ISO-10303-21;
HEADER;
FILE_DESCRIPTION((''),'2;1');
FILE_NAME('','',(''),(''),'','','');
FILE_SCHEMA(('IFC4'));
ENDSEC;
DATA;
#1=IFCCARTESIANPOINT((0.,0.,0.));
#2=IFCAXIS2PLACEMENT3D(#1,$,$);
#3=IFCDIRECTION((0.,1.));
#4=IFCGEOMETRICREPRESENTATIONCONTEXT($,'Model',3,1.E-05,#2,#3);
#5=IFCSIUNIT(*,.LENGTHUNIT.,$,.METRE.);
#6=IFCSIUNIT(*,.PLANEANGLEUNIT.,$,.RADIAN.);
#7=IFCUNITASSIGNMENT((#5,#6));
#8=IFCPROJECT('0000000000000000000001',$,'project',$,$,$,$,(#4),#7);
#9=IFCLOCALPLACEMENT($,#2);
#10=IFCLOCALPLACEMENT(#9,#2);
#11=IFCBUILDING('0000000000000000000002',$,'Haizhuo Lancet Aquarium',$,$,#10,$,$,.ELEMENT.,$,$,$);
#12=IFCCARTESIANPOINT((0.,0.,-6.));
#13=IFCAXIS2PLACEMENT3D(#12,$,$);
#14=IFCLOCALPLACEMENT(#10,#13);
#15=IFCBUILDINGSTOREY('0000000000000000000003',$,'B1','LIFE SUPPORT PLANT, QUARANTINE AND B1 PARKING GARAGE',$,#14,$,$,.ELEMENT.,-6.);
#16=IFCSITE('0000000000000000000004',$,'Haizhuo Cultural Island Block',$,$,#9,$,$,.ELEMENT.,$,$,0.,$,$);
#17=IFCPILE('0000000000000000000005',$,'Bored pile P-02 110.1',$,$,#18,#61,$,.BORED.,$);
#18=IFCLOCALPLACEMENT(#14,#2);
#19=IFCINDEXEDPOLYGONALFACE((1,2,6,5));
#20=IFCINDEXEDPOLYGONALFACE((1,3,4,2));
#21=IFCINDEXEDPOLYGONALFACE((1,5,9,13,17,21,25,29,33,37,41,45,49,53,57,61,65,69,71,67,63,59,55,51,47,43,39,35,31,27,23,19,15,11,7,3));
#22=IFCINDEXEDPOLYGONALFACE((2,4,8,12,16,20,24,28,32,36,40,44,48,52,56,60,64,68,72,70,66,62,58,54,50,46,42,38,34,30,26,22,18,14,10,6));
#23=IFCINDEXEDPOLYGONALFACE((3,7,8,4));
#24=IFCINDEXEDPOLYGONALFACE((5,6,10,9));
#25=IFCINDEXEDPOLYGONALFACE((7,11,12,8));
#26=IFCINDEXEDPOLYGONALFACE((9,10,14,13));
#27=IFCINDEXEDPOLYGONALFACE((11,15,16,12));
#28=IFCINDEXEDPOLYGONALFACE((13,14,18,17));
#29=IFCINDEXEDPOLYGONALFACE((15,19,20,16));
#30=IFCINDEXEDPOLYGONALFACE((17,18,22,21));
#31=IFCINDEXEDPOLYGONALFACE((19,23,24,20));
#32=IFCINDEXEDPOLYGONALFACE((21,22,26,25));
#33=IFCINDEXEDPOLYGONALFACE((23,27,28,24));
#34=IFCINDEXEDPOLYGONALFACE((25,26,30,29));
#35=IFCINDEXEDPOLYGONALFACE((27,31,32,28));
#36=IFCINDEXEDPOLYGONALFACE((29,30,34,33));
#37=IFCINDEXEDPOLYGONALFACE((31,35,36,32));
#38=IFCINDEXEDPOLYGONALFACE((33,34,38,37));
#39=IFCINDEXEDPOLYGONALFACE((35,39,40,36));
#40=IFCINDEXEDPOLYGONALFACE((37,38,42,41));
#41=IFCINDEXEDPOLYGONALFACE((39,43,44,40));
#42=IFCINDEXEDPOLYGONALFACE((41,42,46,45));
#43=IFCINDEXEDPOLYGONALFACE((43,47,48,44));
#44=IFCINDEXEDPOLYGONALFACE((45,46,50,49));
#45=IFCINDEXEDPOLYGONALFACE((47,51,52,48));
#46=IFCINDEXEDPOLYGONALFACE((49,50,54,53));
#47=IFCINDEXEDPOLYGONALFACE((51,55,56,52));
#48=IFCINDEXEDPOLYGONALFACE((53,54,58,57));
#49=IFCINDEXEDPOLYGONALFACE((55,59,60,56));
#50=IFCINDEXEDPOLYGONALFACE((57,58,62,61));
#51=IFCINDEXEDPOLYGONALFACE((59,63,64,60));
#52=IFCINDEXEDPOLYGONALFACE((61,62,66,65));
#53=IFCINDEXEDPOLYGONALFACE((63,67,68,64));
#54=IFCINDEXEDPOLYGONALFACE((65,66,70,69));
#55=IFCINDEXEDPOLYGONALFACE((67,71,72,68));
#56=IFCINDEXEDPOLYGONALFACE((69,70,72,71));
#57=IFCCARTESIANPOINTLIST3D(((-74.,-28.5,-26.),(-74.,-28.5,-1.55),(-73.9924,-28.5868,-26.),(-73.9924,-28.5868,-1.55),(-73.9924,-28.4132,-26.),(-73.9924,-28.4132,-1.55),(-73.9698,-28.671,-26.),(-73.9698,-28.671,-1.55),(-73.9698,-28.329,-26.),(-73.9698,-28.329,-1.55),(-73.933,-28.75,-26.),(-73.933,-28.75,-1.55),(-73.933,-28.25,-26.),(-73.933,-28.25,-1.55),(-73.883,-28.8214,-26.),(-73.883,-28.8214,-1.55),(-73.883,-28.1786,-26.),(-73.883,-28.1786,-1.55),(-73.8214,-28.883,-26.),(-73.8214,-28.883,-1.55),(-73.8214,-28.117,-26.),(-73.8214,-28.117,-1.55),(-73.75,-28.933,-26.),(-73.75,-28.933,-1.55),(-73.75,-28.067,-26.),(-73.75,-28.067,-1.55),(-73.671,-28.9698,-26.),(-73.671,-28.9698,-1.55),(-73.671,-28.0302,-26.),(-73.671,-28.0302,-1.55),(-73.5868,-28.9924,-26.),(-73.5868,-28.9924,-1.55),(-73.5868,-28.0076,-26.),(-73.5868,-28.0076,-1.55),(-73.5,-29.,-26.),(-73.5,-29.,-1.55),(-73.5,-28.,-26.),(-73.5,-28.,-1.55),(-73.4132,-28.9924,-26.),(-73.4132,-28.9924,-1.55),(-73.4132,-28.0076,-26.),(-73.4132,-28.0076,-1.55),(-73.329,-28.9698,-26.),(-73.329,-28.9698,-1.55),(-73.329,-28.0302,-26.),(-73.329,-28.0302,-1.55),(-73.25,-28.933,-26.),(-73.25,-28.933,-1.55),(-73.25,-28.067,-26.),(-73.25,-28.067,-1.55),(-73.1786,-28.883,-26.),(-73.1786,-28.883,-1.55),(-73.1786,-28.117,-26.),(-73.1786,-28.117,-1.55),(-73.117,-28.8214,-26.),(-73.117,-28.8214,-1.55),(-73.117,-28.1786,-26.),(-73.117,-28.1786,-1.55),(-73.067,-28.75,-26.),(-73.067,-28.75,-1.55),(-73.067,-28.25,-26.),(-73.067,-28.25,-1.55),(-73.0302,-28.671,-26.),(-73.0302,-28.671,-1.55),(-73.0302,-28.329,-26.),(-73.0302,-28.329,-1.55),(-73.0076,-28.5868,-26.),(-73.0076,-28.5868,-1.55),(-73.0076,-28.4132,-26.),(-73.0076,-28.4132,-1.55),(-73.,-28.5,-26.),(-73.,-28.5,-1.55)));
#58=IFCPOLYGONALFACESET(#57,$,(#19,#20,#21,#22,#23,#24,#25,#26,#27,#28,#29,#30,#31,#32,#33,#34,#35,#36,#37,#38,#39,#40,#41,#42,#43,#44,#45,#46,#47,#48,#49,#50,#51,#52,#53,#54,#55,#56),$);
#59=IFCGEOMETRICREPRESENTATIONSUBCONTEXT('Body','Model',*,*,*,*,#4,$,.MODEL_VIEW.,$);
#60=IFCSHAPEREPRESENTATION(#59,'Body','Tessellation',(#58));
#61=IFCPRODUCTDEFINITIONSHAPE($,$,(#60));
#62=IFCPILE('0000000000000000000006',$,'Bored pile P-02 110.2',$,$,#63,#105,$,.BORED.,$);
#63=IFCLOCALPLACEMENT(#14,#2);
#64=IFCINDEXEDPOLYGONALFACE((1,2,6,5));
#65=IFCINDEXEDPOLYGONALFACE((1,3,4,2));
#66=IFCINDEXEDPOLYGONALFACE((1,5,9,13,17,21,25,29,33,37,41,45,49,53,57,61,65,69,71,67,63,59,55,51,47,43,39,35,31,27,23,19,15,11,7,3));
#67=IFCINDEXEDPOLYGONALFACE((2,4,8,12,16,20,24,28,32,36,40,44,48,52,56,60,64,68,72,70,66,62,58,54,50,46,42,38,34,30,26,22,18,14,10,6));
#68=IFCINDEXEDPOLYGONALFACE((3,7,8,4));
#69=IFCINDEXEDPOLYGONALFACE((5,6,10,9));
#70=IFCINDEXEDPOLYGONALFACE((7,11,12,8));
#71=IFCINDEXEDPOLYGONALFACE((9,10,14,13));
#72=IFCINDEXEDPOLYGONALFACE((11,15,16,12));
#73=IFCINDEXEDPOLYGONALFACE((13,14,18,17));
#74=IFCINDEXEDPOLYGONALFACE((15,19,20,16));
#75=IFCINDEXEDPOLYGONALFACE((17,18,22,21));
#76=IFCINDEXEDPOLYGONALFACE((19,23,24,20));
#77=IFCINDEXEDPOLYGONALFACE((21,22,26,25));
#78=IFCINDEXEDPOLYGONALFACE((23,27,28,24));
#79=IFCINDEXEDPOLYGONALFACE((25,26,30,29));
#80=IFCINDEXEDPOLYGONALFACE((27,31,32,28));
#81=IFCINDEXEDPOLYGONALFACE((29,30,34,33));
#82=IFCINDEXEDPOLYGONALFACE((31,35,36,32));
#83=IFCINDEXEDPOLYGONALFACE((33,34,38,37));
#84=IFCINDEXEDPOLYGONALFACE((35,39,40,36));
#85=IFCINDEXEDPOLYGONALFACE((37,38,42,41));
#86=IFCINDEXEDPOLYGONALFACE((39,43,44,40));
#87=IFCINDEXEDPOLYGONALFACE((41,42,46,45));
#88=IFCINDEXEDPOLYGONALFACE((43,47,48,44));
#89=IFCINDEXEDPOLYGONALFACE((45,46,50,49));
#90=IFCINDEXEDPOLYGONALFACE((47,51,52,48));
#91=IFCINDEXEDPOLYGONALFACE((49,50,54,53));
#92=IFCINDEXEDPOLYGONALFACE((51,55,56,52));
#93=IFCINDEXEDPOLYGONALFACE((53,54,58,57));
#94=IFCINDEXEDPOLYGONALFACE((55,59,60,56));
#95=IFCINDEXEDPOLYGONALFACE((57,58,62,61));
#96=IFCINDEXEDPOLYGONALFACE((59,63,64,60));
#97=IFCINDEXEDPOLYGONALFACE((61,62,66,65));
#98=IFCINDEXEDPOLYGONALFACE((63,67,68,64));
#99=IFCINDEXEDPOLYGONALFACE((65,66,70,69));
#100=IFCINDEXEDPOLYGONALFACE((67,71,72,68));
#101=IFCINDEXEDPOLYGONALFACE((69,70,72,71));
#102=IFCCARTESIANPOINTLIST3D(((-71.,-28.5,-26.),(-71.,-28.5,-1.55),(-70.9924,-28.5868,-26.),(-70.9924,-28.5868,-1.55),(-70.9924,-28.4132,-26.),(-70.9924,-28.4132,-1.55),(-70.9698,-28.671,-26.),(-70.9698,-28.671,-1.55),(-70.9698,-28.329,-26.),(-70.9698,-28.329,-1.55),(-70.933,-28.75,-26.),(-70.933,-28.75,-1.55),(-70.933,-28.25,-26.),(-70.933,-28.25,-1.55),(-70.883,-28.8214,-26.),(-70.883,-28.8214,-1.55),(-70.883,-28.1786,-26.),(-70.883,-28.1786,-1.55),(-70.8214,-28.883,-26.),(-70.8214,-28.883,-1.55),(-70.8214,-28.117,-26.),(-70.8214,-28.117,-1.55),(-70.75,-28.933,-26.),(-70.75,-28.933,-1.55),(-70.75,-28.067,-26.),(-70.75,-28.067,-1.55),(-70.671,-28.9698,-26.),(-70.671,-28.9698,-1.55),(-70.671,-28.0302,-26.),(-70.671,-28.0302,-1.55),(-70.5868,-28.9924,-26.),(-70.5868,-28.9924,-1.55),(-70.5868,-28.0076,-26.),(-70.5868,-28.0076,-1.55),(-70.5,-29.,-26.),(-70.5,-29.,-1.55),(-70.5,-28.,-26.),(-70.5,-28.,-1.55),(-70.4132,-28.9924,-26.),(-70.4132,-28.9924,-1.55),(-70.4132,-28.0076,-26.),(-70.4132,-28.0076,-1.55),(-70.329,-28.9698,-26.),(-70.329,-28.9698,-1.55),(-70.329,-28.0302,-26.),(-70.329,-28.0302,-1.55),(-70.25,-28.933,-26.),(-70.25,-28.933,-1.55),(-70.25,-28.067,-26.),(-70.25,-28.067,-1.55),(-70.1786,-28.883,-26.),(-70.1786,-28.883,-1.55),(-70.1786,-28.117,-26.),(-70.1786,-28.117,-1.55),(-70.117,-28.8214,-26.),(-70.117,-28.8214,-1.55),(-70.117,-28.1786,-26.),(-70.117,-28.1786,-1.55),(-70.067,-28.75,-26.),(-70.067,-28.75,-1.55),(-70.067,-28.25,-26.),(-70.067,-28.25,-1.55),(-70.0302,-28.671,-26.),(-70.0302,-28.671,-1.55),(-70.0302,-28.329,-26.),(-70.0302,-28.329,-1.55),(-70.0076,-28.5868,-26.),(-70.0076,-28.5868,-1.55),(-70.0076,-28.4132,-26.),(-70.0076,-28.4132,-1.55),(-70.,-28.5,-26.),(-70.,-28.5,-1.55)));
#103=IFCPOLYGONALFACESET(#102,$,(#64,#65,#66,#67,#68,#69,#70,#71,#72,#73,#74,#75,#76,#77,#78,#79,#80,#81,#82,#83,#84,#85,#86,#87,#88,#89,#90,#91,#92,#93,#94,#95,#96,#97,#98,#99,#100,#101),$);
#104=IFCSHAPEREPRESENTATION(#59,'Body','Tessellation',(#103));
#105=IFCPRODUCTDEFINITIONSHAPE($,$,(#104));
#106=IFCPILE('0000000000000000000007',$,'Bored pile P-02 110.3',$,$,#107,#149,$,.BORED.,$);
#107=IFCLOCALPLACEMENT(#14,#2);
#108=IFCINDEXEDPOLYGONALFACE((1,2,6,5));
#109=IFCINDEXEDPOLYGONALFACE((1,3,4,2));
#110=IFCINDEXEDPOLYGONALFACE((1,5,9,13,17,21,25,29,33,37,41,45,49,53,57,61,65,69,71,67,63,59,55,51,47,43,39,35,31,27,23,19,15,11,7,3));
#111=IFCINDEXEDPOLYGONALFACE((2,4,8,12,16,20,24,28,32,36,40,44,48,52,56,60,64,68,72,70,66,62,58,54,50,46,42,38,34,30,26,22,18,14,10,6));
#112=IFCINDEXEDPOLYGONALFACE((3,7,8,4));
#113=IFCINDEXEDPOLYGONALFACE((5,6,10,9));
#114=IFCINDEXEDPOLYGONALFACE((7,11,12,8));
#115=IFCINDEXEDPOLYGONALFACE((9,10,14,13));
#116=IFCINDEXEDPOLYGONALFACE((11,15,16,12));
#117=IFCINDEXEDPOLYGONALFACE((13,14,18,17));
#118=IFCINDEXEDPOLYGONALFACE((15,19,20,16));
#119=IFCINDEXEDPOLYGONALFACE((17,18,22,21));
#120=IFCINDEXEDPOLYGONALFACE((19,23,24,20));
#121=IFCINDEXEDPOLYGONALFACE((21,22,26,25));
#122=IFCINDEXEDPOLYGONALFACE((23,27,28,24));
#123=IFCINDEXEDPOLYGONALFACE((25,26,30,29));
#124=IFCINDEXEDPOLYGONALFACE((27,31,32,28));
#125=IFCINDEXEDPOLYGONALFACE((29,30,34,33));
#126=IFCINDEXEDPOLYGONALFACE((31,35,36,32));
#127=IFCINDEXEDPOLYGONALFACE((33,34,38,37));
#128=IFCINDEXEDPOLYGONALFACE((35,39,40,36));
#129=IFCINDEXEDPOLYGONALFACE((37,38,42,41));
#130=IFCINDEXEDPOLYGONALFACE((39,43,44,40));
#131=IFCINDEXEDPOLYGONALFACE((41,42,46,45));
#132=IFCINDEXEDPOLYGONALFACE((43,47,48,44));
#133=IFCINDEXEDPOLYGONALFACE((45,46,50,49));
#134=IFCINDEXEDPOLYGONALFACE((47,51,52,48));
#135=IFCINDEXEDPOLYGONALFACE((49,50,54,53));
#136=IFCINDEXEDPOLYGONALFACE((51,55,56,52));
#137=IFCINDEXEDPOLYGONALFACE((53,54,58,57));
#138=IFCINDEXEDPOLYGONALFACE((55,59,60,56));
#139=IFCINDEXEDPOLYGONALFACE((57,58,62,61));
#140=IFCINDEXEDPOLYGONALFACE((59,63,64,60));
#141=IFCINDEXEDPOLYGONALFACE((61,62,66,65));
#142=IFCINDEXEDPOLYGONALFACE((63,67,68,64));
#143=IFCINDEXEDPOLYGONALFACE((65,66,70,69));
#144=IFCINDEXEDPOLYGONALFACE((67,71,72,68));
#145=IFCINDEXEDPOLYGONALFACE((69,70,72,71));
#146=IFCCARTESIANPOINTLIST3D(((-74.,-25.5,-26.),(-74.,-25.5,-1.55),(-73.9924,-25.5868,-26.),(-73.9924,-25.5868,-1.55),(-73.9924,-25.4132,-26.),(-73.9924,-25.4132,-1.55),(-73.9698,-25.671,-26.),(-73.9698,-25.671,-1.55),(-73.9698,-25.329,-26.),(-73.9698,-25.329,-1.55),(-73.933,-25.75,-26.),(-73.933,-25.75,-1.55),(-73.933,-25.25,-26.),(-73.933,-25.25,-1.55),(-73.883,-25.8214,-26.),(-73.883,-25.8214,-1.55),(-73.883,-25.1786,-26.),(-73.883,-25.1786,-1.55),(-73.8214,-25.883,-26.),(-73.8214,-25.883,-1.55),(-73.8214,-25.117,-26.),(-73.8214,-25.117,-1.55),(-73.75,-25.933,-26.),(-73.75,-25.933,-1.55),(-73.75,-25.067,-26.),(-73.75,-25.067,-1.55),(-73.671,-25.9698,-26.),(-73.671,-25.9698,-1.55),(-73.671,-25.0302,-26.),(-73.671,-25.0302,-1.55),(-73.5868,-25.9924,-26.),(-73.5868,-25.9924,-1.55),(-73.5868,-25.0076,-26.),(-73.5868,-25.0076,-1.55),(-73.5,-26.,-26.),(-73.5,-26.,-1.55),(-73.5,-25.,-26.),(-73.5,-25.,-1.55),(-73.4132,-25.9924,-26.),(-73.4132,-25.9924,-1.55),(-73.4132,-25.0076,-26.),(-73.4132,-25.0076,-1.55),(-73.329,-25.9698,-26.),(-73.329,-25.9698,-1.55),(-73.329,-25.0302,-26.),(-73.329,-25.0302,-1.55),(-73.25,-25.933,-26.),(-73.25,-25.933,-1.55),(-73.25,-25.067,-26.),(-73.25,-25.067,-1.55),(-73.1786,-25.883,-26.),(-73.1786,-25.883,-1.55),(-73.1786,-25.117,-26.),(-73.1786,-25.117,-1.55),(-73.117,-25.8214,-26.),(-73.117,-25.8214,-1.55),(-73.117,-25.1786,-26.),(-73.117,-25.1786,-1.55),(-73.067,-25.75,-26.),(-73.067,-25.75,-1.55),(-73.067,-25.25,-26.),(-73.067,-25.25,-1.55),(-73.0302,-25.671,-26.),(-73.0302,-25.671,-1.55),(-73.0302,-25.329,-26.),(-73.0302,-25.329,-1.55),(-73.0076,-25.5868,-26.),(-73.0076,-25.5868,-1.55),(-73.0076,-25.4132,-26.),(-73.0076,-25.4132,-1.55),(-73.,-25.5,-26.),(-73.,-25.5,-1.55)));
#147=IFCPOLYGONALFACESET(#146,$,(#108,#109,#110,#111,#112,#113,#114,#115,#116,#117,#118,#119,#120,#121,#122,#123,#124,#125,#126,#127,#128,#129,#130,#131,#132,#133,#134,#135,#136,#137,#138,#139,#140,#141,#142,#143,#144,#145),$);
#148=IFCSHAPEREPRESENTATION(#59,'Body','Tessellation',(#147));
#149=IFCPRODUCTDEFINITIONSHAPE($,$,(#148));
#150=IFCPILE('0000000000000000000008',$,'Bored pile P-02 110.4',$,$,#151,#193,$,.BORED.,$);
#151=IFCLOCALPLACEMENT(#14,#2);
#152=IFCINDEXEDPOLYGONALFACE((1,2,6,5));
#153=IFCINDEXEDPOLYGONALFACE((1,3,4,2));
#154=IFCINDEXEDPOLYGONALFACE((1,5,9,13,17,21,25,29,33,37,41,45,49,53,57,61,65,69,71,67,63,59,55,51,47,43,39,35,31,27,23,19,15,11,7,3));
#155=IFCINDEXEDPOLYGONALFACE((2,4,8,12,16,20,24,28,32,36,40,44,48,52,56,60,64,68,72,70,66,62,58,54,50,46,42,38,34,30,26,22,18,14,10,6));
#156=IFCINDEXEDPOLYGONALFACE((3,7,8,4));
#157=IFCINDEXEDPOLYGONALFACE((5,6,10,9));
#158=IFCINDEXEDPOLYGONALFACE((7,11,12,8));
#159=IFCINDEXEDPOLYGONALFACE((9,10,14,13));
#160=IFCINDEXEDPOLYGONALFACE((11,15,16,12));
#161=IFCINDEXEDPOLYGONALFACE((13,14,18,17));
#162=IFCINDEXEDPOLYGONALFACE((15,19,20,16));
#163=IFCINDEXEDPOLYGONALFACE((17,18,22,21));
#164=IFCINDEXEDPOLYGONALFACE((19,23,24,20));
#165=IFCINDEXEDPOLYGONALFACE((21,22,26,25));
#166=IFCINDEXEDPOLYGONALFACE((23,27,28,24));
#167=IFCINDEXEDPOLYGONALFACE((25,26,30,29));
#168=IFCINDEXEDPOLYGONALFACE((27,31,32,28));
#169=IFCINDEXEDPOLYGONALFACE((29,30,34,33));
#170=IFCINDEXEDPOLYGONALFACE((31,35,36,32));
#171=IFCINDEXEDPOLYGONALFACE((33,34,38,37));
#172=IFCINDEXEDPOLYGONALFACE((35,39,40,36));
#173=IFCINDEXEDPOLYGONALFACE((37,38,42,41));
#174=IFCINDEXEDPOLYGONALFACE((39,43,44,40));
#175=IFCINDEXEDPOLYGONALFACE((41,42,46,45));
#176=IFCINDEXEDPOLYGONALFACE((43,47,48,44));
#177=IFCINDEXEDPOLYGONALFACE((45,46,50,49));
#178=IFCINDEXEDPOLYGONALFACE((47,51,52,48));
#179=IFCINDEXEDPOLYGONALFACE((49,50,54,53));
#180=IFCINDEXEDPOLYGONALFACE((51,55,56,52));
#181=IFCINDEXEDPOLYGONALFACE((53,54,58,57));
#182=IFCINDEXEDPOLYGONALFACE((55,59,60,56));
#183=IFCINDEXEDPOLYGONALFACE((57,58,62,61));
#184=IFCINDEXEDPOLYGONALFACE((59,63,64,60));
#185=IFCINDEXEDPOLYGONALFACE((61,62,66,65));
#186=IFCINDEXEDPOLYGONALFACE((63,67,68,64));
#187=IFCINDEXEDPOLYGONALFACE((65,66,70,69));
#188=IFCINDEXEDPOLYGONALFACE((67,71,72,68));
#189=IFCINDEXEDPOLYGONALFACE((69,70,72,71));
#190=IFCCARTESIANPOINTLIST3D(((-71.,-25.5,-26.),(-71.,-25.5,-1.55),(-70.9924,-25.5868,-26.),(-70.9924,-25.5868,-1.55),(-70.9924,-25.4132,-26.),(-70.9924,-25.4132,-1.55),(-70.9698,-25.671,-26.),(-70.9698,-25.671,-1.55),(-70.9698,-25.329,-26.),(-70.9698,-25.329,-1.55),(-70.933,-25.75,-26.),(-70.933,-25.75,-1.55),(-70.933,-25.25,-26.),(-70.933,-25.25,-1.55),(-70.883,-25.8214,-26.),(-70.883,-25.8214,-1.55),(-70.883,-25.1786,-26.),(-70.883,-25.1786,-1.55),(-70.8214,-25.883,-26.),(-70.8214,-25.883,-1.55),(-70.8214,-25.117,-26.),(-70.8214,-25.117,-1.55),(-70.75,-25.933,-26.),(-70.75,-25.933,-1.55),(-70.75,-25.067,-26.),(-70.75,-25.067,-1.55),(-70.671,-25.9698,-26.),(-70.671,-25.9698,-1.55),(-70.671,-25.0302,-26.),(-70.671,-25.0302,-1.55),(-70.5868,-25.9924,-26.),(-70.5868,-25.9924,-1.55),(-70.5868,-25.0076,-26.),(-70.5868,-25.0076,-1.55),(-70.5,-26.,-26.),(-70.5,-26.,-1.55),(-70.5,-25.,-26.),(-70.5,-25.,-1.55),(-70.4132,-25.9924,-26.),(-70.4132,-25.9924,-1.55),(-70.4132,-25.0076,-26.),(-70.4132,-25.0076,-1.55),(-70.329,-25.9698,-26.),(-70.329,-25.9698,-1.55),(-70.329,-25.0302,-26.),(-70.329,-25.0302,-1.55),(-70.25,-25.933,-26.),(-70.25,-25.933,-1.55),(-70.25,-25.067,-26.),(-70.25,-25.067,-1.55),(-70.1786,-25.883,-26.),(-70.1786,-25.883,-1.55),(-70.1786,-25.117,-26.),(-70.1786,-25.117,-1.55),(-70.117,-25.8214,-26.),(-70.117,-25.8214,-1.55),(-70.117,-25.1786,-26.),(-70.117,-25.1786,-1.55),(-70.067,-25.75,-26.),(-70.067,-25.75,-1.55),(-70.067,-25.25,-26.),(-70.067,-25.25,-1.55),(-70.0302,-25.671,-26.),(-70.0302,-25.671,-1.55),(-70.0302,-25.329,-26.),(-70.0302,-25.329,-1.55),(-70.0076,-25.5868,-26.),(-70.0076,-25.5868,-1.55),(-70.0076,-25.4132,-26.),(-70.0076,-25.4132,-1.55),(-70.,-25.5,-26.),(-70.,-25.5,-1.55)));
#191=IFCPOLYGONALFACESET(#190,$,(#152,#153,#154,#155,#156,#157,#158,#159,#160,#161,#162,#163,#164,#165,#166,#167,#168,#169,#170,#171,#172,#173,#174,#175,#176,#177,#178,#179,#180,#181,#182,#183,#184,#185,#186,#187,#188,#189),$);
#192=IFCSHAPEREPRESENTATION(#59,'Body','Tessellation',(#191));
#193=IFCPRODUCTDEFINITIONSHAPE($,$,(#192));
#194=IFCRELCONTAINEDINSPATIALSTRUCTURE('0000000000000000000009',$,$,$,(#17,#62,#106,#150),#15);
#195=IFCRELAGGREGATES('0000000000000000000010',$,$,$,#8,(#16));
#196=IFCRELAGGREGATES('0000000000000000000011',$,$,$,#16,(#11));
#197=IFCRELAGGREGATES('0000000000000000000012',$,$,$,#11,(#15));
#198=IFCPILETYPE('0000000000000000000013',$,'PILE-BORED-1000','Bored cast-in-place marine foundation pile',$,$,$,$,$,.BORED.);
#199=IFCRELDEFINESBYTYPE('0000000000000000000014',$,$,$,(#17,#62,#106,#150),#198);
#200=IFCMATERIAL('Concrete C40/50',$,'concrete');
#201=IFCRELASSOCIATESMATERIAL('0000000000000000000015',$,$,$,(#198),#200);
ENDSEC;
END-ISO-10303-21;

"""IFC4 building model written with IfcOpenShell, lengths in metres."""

from ifc_helpers import new_model, si_unit, direction, frame, origin, origin_2d, place, context, subcontext, project, spatial, circle, extrude, material, material_profile, profile_set, type_object, element, save


model = new_model("IFC4")

# Units and contexts
model_context = context("Model", 3, precision=1e-05, world=origin(), true_north=direction((0.0, 1.0)))
body_context = subcontext(model_context, "Body", "Model", "MODEL_VIEW")
ifc_project = project(units=[si_unit("LENGTHUNIT", "METRE"), si_unit("PLANEANGLEUNIT", "RADIAN")], contexts=[model_context])

# Site, building, storey
site_placement = place(None, origin())
site = spatial("IfcSite", under=ifc_project, at=site_placement, Name="Haizhuo Cultural Island Block", CompositionType="ELEMENT", RefElevation=0.0)
building_placement = place(site_placement, origin())
building = spatial("IfcBuilding", under=site, at=building_placement, Name="Haizhuo Lancet Aquarium", CompositionType="ELEMENT")
storey_placement = place(building_placement, frame((0.0, 0.0, -6.0)))
storey = spatial("IfcBuildingStorey", under=building, at=storey_placement, Name="B1", Description="LIFE SUPPORT PLANT, QUARANTINE AND B1 PARKING GARAGE", CompositionType="ELEMENT", Elevation=-6.0)

# Shared definitions
ifc_material_1 = material(Name="Concrete C40/50", Category="concrete")

# Piles
ifc_material_profile_1 = material_profile(ifc_material_1, circle(Radius=0.5, at=origin_2d()), Name="PILE-1000")
ifc_profile_set_1 = profile_set([ifc_material_profile_1], Name="Concrete C40/50")
pile_type = type_object("IfcPileType", Name="PILE-BORED-1000", Description="Bored cast-in-place marine foundation pile", PredefinedType="BORED", material=ifc_profile_set_1)
for number, where, z_axis, x_axis, name in (
    (1, (-73.5, -28.5, -1.55), (0.0, 0.0, -1.0), (1.0, 0.0, 0.0), "Bored pile P-02 110.1"),
    (2, (-70.5, -28.5, -1.55), (0.0, 0.0, -1.0), (1.0, 0.0, 0.0), "Bored pile P-02 110.2"),
    (3, (-73.5, -25.5, -1.55), (0.0, 0.0, -1.0), (1.0, 0.0, 0.0), "Bored pile P-02 110.3"),
    (4, (-70.5, -25.5, -1.55), (0.0, 0.0, -1.0), (1.0, 0.0, 0.0), "Bored pile P-02 110.4"),
):
    element("IfcPile", number, at=place(storey_placement, frame(where, z_axis=z_axis, x_axis=x_axis)), inside=storey, type_object=pile_type, Name=name, PredefinedType="BORED", context=body_context, shape_type="SweptSolid", body=[
        extrude(circle(Radius=0.5, at=origin_2d()), origin(), (0.0, 0.0, 1.0), 24.45),
    ])

save(model, "model.ifc")
